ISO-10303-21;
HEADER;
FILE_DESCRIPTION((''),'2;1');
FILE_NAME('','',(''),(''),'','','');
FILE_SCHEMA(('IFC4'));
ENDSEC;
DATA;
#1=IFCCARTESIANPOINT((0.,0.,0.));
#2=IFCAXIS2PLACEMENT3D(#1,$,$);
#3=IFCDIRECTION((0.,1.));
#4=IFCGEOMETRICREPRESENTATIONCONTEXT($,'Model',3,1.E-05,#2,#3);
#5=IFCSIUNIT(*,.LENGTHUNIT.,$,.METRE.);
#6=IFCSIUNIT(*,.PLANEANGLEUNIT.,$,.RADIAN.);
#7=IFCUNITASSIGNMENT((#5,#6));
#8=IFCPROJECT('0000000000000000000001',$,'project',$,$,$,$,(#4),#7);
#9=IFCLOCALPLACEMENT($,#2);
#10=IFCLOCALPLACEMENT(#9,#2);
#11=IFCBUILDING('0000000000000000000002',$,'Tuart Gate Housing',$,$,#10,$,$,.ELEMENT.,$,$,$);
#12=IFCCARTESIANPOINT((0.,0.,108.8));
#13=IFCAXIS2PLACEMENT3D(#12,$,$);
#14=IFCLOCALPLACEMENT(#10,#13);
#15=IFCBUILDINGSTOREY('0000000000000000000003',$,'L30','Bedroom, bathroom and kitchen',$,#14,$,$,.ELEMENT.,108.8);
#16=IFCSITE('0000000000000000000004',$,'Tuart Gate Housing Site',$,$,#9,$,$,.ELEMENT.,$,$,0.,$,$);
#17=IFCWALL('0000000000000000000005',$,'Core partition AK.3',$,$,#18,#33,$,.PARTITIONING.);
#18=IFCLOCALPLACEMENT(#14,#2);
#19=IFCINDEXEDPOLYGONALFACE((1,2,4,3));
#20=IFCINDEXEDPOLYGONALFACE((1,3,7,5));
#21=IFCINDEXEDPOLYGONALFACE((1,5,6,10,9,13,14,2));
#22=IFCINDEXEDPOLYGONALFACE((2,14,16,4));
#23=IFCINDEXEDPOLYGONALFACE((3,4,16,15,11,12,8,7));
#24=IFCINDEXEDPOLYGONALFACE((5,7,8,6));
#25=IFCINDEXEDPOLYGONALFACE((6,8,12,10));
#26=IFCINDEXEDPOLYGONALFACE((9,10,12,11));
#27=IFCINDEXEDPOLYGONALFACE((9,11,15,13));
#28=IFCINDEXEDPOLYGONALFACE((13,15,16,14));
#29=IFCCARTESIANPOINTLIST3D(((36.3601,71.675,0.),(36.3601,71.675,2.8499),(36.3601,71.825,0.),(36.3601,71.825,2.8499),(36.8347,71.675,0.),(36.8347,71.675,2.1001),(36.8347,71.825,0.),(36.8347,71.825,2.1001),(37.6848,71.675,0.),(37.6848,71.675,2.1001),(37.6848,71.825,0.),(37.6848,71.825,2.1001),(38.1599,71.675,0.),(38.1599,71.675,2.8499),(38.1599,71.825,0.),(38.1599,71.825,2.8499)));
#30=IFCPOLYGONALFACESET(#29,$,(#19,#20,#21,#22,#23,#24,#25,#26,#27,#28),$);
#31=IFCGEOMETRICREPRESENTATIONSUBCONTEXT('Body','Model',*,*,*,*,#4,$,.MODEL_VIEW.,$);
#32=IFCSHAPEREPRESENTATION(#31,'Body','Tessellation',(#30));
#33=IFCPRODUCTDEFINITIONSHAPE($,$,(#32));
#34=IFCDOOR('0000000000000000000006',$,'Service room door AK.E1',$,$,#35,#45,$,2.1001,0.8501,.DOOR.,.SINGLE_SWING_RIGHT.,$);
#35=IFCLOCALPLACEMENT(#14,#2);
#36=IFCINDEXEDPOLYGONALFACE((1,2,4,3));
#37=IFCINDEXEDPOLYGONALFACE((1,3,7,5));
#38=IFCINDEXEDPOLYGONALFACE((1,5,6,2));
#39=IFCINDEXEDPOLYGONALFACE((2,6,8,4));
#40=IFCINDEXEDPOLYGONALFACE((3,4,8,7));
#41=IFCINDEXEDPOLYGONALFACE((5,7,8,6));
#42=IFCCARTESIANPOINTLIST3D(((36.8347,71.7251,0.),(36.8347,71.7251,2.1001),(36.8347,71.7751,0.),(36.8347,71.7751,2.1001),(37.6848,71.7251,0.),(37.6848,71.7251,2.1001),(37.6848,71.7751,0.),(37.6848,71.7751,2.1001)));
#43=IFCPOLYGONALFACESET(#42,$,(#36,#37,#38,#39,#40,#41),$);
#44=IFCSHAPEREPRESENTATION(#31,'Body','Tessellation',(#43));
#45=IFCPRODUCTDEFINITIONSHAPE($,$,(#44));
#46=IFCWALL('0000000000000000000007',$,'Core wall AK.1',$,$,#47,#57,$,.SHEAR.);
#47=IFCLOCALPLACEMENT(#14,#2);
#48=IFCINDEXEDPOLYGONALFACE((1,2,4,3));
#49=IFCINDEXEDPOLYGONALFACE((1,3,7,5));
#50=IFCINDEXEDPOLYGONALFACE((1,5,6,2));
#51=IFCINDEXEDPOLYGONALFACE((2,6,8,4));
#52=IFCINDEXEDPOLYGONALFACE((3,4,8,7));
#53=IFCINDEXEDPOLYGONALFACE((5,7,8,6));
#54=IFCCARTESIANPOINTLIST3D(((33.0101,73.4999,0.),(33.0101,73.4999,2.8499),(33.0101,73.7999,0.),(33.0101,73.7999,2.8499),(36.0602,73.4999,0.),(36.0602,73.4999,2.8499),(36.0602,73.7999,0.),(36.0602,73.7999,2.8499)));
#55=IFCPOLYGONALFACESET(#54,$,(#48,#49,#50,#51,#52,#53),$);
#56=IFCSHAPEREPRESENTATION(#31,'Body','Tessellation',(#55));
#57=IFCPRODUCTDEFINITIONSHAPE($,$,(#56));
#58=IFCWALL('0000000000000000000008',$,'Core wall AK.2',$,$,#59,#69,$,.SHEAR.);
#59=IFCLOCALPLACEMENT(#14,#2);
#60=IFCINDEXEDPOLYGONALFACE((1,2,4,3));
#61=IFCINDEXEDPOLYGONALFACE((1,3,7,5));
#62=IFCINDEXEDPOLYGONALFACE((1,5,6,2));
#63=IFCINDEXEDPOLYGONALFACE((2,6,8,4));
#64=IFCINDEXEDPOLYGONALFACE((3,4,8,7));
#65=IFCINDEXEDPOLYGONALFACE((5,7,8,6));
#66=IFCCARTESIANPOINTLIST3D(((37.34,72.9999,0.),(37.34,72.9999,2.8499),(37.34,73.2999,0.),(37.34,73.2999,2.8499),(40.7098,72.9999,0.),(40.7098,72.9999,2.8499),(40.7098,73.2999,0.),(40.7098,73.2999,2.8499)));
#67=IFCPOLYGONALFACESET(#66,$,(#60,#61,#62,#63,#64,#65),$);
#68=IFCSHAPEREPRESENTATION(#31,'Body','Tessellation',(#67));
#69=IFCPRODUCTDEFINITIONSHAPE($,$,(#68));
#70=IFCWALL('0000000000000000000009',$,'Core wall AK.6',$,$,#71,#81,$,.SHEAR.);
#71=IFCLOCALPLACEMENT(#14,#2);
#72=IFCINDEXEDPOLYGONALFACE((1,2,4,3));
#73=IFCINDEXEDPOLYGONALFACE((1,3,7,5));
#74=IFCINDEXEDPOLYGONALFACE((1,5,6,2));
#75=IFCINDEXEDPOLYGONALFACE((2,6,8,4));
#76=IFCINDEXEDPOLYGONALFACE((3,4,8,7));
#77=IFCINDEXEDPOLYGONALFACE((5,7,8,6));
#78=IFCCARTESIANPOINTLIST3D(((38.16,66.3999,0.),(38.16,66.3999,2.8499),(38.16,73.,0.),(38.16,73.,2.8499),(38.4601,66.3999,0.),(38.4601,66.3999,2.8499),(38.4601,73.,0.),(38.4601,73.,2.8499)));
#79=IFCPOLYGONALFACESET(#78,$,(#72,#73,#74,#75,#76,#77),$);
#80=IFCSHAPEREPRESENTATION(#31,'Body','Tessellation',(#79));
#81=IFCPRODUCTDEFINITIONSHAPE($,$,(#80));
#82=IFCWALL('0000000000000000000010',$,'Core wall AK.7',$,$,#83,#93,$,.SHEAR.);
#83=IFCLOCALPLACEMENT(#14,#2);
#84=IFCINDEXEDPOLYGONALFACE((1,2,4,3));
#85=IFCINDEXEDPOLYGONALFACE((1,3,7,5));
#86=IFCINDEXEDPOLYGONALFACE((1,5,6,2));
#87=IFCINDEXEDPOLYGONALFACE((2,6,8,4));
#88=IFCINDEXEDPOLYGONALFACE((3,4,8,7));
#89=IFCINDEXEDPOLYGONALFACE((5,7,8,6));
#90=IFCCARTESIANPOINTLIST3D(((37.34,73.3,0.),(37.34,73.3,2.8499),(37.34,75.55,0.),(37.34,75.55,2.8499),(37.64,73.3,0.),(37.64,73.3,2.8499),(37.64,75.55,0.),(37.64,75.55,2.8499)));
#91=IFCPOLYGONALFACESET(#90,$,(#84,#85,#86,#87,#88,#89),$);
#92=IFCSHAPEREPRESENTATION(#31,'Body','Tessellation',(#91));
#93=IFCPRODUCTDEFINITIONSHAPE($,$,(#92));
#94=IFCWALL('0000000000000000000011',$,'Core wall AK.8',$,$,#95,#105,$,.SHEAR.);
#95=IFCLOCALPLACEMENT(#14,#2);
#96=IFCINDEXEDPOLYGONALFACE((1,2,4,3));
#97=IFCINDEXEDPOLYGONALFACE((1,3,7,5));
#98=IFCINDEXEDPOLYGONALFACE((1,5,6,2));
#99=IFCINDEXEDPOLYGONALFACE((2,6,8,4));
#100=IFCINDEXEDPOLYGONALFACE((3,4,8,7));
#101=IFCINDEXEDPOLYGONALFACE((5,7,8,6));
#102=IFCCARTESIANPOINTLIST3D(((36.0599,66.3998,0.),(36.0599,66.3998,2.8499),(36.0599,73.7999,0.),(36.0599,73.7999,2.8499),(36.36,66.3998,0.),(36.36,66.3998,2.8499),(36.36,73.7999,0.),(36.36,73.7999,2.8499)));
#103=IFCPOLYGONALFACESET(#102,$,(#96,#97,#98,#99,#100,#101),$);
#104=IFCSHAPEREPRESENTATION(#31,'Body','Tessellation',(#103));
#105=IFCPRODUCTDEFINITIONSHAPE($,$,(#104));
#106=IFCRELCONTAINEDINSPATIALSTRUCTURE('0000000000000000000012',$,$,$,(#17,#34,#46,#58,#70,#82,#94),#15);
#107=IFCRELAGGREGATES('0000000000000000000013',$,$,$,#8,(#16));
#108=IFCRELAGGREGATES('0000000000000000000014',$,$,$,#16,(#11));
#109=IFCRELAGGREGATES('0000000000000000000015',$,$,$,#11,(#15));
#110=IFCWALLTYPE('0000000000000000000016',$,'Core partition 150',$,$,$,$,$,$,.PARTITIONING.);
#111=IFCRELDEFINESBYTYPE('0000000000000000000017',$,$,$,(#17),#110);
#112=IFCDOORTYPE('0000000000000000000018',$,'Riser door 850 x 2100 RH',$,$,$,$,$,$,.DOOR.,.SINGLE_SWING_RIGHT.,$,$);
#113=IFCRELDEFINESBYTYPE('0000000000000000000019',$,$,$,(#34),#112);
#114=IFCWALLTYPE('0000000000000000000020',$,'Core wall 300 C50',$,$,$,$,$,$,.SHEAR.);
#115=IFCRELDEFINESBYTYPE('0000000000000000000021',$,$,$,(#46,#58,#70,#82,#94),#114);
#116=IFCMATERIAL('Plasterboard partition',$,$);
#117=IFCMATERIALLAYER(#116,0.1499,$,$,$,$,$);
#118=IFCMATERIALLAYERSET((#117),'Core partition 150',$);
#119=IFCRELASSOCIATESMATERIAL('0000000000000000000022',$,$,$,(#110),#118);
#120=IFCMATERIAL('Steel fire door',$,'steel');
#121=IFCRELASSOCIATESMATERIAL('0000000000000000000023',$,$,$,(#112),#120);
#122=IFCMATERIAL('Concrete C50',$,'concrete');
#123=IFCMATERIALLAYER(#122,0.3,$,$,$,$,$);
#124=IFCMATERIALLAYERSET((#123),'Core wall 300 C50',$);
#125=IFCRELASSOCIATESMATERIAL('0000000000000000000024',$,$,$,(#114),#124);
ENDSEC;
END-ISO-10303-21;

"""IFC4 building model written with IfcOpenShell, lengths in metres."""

from ifc_helpers import new_model, si_unit, direction, frame, frame_2d, origin, place, context, subcontext, project, spatial, rectangle, extrude, material, layer, layer_set, type_object, element, fill, save


model = new_model("IFC4")

# Units and contexts
model_context = context("Model", 3, precision=1e-05, world=origin(), true_north=direction((0.0, 1.0)))
body_context = subcontext(model_context, "Body", "Model", "MODEL_VIEW")
ifc_project = project(units=[si_unit("LENGTHUNIT", "METRE"), si_unit("PLANEANGLEUNIT", "RADIAN")], contexts=[model_context])

# Site, building, storey
site_placement = place(None, origin())
site = spatial("IfcSite", under=ifc_project, at=site_placement, Name="Tuart Gate Housing Site", CompositionType="ELEMENT", RefElevation=0.0)
building_placement = place(site_placement, origin())
building = spatial("IfcBuilding", under=site, at=building_placement, Name="Tuart Gate Housing", CompositionType="ELEMENT")
storey_placement = place(building_placement, frame((0.0, 0.0, 108.8)))
storey = spatial("IfcBuildingStorey", under=building, at=storey_placement, Name="L30", Description="Bedroom, bathroom and kitchen", CompositionType="ELEMENT", Elevation=108.8)

# Wall, opening, door
ifc_material_1 = material(Name="Plasterboard partition")
ifc_layer_1 = layer(ifc_material_1, 0.1499)
ifc_layer_set_1 = layer_set([ifc_layer_1], Name="Core partition 150")
wall_type_1 = type_object("IfcWallType", Name="Core partition 150", PredefinedType="PARTITIONING", material=ifc_layer_set_1)
wall_1_placement = place(storey_placement, frame((38.1599, 71.75, 0.0), z_axis=(0.0, 0.0, 1.0), x_axis=(-1.0, 0.0, 0.0)))
wall_1 = element("IfcWall", 1, at=wall_1_placement, inside=storey, type_object=wall_type_1, Name="Core partition AK.3", PredefinedType="PARTITIONING", context=body_context, shape_type="SweptSolid", body=[
    extrude(rectangle(XDim=1.7998, YDim=0.1499, at=frame_2d((0.8999, 0.0))), origin(), (0.0, 0.0, 1.0), 2.8499),
])
opening_1_placement = place(wall_1_placement, frame((0.4751, 0.0, 0.0)))
opening_1 = element("IfcOpeningElement", 2, at=opening_1_placement, cuts=wall_1, PredefinedType="OPENING", context=body_context, shape_type="SweptSolid", body=[
    extrude(rectangle(XDim=0.8501, YDim=2.1001, at=frame_2d((0.425, 1.05))), frame((0.0, 0.085, 0.0), z_axis=(0.0, -1.0, 0.0), x_axis=(1.0, 0.0, 0.0)), (0.0, 0.0, 1.0), 0.1699),
])
ifc_material_2 = material(Name="Steel fire door", Category="steel")
door_type_1 = type_object("IfcDoorType", Name="Riser door 850 x 2100 RH", OperationType="SINGLE_SWING_RIGHT", PredefinedType="DOOR", material=ifc_material_2)
door_1_placement = place(opening_1_placement, frame((0.8501, 0.0, 0.0), z_axis=(0.0, 0.0, 1.0), x_axis=(-1.0, 0.0, 0.0)))
door_1 = element("IfcDoor", 3, at=door_1_placement, inside=storey, type_object=door_type_1, Name="Service room door AK.E1", OperationType="SINGLE_SWING_RIGHT", OverallHeight=2.1001, OverallWidth=0.8501, PredefinedType="DOOR", context=body_context, shape_type="SweptSolid", body=[
    extrude(rectangle(XDim=0.8501, YDim=2.1001, at=frame_2d((0.425, 1.05))), frame((0.0, 0.0251, 0.0), z_axis=(0.0, -1.0, 0.0), x_axis=(1.0, 0.0, 0.0)), (0.0, 0.0, 1.0), 0.05),
])
fill(opening_1, door_1)

# Walls
ifc_material_3 = material(Name="Concrete C50", Category="concrete")
ifc_layer_2 = layer(ifc_material_3, 0.3)
ifc_layer_set_2 = layer_set([ifc_layer_2], Name="Core wall 300 C50")
wall_type_2 = type_object("IfcWallType", Name="Core wall 300 C50", PredefinedType="SHEAR", material=ifc_layer_set_2)
wall_2_placement = place(storey_placement, frame((36.0601, 73.6499, 0.0), z_axis=(0.0, 0.0, 1.0), x_axis=(-1.0, 0.0, 0.0)))
element("IfcWall", 4, at=wall_2_placement, inside=storey, type_object=wall_type_2, Name="Core wall AK.1", PredefinedType="SHEAR", context=body_context, shape_type="SweptSolid", body=[
    extrude(rectangle(XDim=3.05, YDim=0.3, at=frame_2d((1.5249, 0.0))), origin(), (0.0, 0.0, 1.0), 2.8499),
])
wall_3_placement = place(storey_placement, frame((40.71, 73.1499, 0.0), z_axis=(0.0, 0.0, 1.0), x_axis=(-1.0, 0.0, 0.0)))
element("IfcWall", 5, at=wall_3_placement, inside=storey, type_object=wall_type_2, Name="Core wall AK.2", PredefinedType="SHEAR", context=body_context, shape_type="SweptSolid", body=[
    extrude(rectangle(XDim=3.3699, YDim=0.3, at=frame_2d((1.6851, 0.0))), origin(), (0.0, 0.0, 1.0), 2.8499),
])
wall_4_placement = place(storey_placement, frame((38.3101, 73.0, 0.0), z_axis=(0.0, 0.0, 1.0), x_axis=(0.0, -1.0, 0.0)))
element("IfcWall", 6, at=wall_4_placement, inside=storey, type_object=wall_type_2, Name="Core wall AK.6", PredefinedType="SHEAR", context=body_context, shape_type="SweptSolid", body=[
    extrude(rectangle(XDim=6.6001, YDim=0.3, at=frame_2d((3.3, 0.0))), origin(), (0.0, 0.0, 1.0), 2.8499),
])
wall_5_placement = place(storey_placement, frame((37.49, 75.55, 0.0), z_axis=(0.0, 0.0, 1.0), x_axis=(0.0, -1.0, 0.0)))
element("IfcWall", 7, at=wall_5_placement, inside=storey, type_object=wall_type_2, Name="Core wall AK.7", PredefinedType="SHEAR", context=body_context, shape_type="SweptSolid", body=[
    extrude(rectangle(XDim=2.25, YDim=0.3, at=frame_2d((1.125, 0.0))), origin(), (0.0, 0.0, 1.0), 2.8499),
])
wall_6_placement = place(storey_placement, frame((36.21, 73.8, 0.0), z_axis=(0.0, 0.0, 1.0), x_axis=(0.0, -1.0, 0.0)))
element("IfcWall", 8, at=wall_6_placement, inside=storey, type_object=wall_type_2, Name="Core wall AK.8", PredefinedType="SHEAR", context=body_context, shape_type="SweptSolid", body=[
    extrude(rectangle(XDim=7.4001, YDim=0.3, at=frame_2d((3.7002, 0.0))), origin(), (0.0, 0.0, 1.0), 2.8499),
])

save(model, "model.ifc")
